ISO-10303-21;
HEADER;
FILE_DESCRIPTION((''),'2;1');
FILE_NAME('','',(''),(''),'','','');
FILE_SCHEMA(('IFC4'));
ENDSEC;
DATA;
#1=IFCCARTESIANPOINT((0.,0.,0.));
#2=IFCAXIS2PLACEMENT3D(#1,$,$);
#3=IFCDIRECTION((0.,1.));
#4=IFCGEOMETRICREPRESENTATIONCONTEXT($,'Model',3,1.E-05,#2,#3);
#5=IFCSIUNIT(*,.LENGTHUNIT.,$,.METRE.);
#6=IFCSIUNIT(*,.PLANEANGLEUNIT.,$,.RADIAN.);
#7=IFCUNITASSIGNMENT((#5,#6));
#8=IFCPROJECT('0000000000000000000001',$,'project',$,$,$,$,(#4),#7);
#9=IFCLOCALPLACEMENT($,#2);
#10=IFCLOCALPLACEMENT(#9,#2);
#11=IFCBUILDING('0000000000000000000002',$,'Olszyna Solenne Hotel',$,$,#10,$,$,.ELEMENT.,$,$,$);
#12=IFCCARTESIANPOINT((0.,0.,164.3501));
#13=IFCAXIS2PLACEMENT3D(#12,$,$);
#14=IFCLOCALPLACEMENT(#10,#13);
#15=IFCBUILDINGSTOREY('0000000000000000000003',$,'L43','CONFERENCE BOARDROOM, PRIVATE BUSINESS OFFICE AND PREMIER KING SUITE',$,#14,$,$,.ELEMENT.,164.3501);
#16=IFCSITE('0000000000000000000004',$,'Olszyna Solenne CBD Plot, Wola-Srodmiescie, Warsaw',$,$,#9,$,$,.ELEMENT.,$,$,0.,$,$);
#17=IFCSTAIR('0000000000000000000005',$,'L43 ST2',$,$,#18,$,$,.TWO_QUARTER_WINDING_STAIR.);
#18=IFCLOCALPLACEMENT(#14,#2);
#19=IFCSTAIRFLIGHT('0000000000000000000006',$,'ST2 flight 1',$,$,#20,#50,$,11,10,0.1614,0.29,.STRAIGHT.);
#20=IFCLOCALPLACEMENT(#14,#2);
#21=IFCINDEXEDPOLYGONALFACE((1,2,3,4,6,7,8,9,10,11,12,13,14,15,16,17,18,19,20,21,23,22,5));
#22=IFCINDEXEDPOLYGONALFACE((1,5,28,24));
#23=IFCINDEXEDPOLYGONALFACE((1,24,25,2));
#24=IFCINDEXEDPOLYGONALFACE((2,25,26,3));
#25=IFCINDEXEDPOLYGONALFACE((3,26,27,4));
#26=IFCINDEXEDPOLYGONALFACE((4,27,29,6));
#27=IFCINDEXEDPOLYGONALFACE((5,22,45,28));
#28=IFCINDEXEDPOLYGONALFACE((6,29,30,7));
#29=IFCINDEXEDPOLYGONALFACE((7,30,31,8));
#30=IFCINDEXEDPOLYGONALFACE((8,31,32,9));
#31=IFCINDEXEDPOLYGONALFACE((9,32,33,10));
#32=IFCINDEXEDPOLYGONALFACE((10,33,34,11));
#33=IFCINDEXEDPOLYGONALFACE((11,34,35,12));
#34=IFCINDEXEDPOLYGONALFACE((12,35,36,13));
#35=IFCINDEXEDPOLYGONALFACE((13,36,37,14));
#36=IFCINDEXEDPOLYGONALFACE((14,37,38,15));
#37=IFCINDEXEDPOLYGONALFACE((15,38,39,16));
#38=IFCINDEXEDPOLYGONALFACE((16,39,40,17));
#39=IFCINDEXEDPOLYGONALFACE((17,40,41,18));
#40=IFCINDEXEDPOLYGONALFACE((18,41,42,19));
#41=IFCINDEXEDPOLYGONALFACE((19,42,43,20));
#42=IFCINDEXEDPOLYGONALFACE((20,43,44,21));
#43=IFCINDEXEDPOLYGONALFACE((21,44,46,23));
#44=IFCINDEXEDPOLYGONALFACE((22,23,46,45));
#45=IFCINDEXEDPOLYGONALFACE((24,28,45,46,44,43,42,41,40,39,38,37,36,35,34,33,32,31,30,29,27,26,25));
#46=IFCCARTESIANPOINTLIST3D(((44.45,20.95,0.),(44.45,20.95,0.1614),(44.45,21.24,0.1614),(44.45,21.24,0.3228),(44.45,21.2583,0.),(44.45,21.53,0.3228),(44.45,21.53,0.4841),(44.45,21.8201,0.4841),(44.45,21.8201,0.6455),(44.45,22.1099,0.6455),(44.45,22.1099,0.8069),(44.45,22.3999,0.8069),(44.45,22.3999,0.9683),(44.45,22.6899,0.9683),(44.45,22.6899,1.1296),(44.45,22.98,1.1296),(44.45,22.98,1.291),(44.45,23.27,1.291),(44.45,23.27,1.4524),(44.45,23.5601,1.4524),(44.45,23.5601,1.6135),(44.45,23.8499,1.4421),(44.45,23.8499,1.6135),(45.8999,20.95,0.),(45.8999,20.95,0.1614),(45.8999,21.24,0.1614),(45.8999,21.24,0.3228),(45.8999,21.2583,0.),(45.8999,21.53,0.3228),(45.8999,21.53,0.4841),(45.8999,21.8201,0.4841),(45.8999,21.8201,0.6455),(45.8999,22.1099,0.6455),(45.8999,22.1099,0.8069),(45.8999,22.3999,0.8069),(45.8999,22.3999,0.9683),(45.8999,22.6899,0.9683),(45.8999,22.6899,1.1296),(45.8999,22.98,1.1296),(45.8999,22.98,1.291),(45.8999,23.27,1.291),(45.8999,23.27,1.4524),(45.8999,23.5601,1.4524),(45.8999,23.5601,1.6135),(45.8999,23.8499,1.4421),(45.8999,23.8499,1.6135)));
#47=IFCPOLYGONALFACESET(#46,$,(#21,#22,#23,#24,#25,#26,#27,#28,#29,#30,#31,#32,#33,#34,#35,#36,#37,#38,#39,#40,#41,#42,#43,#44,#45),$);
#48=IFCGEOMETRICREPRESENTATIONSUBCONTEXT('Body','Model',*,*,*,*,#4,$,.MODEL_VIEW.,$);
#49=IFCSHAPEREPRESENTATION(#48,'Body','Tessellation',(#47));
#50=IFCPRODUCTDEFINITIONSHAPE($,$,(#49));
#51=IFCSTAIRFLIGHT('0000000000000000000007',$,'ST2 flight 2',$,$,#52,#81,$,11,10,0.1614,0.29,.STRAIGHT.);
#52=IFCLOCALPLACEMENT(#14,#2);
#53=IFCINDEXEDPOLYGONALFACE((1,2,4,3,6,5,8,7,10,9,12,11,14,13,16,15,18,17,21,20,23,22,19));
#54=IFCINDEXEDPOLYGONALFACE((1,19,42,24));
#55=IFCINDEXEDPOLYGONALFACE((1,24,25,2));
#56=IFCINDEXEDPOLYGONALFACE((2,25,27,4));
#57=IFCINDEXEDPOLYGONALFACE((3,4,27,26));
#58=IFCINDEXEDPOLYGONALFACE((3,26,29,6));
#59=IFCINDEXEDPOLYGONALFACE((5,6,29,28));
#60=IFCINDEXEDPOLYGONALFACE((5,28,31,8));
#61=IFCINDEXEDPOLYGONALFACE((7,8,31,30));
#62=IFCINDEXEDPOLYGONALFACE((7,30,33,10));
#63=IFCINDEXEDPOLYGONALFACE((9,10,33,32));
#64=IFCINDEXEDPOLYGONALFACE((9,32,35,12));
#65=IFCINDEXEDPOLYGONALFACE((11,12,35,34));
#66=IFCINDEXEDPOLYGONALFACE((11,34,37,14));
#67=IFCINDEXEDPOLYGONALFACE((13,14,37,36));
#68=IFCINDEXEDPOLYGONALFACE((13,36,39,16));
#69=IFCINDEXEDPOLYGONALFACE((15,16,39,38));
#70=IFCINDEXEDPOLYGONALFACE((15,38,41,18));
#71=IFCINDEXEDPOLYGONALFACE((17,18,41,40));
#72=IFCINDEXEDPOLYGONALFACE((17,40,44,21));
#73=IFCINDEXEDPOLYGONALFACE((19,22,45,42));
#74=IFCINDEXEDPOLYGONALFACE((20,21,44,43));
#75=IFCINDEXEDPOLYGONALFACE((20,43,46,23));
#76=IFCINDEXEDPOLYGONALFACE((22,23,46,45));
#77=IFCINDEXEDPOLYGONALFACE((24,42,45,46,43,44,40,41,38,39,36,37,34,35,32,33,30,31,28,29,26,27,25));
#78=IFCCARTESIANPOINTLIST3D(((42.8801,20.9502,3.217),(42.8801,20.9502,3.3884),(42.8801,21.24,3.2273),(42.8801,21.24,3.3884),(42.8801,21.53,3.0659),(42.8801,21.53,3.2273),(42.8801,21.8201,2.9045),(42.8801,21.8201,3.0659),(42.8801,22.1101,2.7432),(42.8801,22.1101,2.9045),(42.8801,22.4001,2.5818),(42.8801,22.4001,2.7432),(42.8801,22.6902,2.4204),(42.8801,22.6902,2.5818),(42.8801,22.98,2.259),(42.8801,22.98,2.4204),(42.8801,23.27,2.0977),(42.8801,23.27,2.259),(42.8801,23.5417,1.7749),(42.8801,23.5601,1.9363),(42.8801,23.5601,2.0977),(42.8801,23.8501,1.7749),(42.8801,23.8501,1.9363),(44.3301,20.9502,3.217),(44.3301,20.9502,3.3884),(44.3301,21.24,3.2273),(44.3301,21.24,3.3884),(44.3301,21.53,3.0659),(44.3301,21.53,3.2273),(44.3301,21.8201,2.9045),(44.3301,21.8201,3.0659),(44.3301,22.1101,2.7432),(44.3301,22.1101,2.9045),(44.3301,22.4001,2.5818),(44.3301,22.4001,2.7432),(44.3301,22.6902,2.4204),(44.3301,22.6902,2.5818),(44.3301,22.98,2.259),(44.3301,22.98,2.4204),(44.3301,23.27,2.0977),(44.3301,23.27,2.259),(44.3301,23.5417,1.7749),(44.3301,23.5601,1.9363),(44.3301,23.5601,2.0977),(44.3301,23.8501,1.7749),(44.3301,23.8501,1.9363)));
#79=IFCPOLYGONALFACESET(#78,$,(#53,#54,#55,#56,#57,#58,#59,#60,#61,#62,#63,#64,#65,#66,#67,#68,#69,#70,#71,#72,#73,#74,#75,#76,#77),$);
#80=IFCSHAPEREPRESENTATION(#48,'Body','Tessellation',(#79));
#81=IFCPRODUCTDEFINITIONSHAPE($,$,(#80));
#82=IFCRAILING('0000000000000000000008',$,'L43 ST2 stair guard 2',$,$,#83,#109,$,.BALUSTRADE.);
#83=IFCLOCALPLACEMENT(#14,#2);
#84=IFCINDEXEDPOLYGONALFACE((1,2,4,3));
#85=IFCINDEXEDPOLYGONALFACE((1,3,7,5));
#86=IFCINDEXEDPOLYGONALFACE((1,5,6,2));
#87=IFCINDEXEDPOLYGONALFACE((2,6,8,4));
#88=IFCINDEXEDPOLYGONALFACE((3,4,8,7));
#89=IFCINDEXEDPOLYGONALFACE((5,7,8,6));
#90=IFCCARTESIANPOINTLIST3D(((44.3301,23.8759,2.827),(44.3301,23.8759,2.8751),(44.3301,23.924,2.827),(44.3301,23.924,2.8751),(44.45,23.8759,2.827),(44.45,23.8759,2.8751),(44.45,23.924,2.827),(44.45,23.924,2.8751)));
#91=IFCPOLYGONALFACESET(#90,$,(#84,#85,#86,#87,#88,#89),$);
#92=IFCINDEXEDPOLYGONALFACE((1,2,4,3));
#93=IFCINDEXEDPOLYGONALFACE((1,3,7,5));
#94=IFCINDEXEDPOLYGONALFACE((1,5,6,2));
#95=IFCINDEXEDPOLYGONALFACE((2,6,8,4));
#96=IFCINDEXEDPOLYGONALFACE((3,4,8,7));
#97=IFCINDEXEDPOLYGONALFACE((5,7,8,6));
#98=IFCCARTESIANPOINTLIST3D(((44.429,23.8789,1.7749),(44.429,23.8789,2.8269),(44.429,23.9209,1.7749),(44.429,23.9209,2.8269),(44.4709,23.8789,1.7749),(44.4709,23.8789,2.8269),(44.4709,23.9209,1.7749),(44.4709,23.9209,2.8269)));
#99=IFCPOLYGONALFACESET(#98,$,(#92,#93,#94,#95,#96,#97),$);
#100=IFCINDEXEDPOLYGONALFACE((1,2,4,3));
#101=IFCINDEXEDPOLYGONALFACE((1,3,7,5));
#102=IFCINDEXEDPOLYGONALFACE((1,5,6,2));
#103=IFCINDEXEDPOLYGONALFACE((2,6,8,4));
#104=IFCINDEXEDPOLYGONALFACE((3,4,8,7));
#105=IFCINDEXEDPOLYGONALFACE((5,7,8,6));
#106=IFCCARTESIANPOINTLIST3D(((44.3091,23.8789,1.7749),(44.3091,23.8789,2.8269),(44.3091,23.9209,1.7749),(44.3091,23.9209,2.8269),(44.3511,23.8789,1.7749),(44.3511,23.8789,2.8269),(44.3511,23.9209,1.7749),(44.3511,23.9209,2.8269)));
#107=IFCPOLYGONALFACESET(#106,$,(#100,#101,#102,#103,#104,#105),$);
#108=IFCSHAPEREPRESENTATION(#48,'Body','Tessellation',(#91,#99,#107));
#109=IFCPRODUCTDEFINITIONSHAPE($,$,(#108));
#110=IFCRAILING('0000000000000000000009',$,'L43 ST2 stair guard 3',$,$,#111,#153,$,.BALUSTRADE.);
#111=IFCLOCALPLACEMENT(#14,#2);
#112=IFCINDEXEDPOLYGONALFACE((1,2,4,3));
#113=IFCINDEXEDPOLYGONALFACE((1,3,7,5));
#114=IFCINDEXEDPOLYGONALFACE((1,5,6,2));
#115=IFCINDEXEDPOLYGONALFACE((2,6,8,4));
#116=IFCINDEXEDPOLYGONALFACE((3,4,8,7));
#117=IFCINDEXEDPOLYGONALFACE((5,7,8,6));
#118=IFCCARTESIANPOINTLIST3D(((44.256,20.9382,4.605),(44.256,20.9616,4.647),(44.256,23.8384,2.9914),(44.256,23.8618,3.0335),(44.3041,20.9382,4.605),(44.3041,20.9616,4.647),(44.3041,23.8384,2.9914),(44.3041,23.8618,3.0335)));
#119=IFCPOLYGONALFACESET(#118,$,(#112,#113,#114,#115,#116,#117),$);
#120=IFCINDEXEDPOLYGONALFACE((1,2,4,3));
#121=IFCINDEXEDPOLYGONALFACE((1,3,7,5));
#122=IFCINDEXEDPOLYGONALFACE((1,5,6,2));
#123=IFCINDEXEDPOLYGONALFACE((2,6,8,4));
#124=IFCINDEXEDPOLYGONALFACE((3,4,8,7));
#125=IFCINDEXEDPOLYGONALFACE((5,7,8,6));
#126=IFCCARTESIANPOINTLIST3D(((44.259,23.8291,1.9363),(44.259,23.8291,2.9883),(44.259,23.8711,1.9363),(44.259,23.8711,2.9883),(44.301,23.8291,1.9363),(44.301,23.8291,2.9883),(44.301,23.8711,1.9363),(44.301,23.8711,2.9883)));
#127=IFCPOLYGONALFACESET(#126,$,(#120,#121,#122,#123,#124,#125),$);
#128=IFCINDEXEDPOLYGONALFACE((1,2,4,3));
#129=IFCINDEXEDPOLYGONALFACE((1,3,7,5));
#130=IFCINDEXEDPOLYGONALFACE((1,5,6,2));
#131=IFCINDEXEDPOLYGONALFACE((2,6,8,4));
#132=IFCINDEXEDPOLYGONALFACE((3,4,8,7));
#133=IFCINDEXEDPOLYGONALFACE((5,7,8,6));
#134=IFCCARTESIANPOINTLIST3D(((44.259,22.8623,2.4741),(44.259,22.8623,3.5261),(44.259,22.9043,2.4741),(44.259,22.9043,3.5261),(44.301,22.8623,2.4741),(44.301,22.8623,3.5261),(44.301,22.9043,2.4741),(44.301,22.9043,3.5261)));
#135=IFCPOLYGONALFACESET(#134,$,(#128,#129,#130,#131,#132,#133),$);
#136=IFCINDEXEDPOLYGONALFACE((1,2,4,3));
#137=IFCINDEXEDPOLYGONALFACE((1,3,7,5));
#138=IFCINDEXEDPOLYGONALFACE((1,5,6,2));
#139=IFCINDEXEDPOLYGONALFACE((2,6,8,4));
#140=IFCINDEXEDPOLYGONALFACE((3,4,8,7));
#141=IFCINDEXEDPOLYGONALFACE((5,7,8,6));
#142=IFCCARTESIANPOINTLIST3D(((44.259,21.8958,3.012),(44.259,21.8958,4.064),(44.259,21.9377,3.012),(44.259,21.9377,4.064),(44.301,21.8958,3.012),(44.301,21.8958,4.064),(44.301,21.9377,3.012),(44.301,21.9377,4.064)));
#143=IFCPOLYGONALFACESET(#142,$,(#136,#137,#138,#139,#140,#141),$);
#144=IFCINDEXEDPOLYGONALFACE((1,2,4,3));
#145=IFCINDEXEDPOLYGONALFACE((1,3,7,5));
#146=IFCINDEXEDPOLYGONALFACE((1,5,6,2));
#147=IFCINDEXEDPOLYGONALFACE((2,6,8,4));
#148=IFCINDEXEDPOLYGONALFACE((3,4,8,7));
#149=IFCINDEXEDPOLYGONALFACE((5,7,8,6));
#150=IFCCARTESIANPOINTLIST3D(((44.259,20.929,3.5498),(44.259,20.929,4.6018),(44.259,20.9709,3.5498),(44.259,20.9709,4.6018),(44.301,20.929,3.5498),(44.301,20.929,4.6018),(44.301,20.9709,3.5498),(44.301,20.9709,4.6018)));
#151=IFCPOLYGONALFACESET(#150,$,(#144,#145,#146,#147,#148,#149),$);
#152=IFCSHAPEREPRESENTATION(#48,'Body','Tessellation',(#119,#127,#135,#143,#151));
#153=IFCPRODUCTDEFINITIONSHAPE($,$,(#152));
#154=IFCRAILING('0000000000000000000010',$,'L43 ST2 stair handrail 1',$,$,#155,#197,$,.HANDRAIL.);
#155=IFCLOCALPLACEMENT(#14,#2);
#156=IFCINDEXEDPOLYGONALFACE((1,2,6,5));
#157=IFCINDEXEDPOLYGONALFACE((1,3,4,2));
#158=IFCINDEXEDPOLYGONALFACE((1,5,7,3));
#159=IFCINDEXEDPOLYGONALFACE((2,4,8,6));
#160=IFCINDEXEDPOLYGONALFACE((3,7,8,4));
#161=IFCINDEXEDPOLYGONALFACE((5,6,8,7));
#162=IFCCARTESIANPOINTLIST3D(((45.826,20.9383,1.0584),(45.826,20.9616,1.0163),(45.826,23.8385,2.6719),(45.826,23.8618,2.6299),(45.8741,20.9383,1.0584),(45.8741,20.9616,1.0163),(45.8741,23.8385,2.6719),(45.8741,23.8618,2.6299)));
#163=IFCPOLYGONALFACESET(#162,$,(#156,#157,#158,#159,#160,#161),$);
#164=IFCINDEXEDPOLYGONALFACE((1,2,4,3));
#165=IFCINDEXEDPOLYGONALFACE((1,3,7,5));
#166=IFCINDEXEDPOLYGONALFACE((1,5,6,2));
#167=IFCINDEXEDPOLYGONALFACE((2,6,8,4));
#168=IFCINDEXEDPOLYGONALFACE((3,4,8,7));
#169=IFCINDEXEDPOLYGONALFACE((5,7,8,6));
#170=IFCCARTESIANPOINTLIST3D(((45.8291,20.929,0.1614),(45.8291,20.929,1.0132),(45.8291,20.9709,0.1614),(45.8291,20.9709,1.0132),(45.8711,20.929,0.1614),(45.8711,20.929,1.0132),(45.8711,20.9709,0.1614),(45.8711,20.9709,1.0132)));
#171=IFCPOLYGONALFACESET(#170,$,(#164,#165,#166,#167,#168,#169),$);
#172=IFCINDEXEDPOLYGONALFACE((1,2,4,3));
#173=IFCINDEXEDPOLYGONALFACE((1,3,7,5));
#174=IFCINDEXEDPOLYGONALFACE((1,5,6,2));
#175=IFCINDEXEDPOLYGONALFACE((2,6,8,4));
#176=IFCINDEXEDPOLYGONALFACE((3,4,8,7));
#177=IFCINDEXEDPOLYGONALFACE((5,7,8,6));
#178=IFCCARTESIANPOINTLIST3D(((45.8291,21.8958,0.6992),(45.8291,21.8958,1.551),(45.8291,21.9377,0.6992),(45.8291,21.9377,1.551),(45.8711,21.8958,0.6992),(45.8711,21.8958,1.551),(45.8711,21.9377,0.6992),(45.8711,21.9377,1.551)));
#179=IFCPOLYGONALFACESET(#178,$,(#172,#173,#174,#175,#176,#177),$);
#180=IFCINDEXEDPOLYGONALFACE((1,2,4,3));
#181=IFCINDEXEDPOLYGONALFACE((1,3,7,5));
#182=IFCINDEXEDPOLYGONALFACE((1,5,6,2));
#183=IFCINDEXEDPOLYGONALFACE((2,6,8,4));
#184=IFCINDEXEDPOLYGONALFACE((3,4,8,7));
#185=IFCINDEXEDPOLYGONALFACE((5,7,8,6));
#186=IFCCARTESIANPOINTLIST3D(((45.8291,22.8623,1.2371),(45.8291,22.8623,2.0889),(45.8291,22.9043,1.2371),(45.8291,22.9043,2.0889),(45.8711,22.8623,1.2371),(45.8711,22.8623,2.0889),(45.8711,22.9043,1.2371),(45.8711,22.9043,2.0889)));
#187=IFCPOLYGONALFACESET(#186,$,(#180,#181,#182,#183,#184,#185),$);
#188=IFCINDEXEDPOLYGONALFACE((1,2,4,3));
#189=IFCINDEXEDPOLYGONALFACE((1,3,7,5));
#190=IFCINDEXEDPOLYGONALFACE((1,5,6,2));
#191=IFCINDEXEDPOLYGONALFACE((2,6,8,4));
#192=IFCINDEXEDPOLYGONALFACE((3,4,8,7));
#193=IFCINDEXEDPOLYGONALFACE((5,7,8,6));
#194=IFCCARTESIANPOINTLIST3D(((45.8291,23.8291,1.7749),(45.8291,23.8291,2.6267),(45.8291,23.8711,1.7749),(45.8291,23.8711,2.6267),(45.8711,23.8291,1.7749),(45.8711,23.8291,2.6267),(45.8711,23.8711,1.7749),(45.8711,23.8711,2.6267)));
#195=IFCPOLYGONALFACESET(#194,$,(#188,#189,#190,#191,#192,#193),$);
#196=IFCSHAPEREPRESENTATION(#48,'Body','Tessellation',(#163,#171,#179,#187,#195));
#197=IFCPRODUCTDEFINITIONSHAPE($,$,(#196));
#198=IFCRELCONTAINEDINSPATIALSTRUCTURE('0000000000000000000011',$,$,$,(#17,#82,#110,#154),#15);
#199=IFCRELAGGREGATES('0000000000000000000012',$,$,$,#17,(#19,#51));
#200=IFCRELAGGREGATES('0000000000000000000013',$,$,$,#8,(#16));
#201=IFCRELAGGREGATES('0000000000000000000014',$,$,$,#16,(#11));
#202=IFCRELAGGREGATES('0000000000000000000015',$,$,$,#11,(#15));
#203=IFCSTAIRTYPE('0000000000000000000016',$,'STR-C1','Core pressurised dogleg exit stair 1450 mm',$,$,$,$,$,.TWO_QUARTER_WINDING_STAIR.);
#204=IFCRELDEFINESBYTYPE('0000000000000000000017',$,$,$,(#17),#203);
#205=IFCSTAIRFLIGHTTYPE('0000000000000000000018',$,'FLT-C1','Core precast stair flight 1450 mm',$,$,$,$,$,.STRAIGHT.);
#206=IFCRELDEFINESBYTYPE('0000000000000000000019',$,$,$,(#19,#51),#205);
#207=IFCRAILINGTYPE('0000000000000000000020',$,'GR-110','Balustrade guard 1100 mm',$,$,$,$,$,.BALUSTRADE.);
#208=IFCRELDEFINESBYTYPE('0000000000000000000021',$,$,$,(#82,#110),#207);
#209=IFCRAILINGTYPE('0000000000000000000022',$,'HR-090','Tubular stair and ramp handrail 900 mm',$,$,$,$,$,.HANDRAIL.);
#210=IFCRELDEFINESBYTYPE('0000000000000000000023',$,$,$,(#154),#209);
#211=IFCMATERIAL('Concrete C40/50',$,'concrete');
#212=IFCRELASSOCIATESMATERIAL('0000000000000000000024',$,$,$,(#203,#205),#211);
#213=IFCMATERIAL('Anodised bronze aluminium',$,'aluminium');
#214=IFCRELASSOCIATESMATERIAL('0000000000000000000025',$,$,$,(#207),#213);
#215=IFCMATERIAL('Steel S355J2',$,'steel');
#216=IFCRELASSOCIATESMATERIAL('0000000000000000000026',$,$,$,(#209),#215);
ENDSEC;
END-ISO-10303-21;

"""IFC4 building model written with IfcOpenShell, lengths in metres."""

from ifc_helpers import new_model, si_unit, direction, frame, origin, origin_2d, place, context, subcontext, project, spatial, polyline, rectangle, outline, extrude, material, type_object, element, aggregate, save


model = new_model("IFC4")

# Units and contexts
model_context = context("Model", 3, precision=1e-05, world=origin(), true_north=direction((0.0, 1.0)))
body_context = subcontext(model_context, "Body", "Model", "MODEL_VIEW")
ifc_project = project(units=[si_unit("LENGTHUNIT", "METRE"), si_unit("PLANEANGLEUNIT", "RADIAN")], contexts=[model_context])

# Site, building, storey
site_placement = place(None, origin())
site = spatial("IfcSite", under=ifc_project, at=site_placement, Name="Olszyna Solenne CBD Plot, Wola-Srodmiescie, Warsaw", CompositionType="ELEMENT", RefElevation=0.0)
building_placement = place(site_placement, origin())
building = spatial("IfcBuilding", under=site, at=building_placement, Name="Olszyna Solenne Hotel", CompositionType="ELEMENT")
storey_placement = place(building_placement, frame((0.0, 0.0, 164.3501)))
storey = spatial("IfcBuildingStorey", under=building, at=storey_placement, Name="L43", Description="CONFERENCE BOARDROOM, PRIVATE BUSINESS OFFICE AND PREMIER KING SUITE", CompositionType="ELEMENT", Elevation=164.3501)

# Shared definitions
ifc_material_1 = material(Name="Steel S355J2", Category="steel")

# Stair, stair flights
ifc_material_2 = material(Name="Concrete C40/50", Category="concrete")
stair_type = type_object("IfcStairType", Name="STR-C1", Description="Core pressurised dogleg exit stair 1450 mm", PredefinedType="TWO_QUARTER_WINDING_STAIR", material=ifc_material_2)
stair_placement = place(storey_placement, origin())
stair = element("IfcStair", 1, at=stair_placement, inside=storey, type_object=stair_type, Name="L43 ST2", PredefinedType="TWO_QUARTER_WINDING_STAIR")
stair_flight_type = type_object("IfcStairFlightType", Name="FLT-C1", Description="Core precast stair flight 1450 mm", PredefinedType="STRAIGHT", material=ifc_material_2)
stair_flight_1_placement = place(storey_placement, frame((45.175, 20.95, 0.0), z_axis=(0.0, 0.0, 1.0), x_axis=(0.0, 1.0, 0.0)))
stair_flight_1 = element("IfcStairFlight", 2, at=stair_flight_1_placement, type_object=stair_flight_type, Name="ST2 flight 1", NumberOfRisers=11, NumberOfTreads=10, PredefinedType="STRAIGHT", RiserHeight=0.1614, TreadLength=0.29, context=body_context, shape_type="SweptSolid", body=[
    extrude(outline(polyline([(0.0, 0.0), (0.0, 0.1614), (0.29, 0.1614), (0.29, 0.3228), (0.5801, 0.3228), (0.5801, 0.4841), (0.8701, 0.4841), (0.8701, 0.6455), (1.1599, 0.6455), (1.1599, 0.8069), (1.45, 0.8069), (1.45, 0.9683), (1.74, 0.9683), (1.74, 1.1296), (2.03, 1.1296), (2.03, 1.291), (2.3201, 1.291), (2.3201, 1.4524), (2.6101, 1.4524), (2.6101, 1.6135), (2.8999, 1.6135), (2.8999, 1.7749), (2.8999, 1.4421), (0.3083, 0.0), (0.0, 0.0)])), frame((0.0, 0.7251, 0.0), z_axis=(0.0, -1.0, 0.0), x_axis=(1.0, 0.0, 0.0)), (0.0, 0.0, 1.0), 1.45),
])
stair_flight_2_placement = place(storey_placement, frame((43.605, 23.8501, 1.7749), z_axis=(0.0, 0.0, 1.0), x_axis=(0.0, -1.0, 0.0)))
stair_flight_2 = element("IfcStairFlight", 3, at=stair_flight_2_placement, type_object=stair_flight_type, Name="ST2 flight 2", NumberOfRisers=11, NumberOfTreads=10, PredefinedType="STRAIGHT", RiserHeight=0.1614, TreadLength=0.29, context=body_context, shape_type="SweptSolid", body=[
    extrude(outline(polyline([(0.0, 0.0), (0.0, 0.1614), (0.29, 0.1614), (0.29, 0.3228), (0.5801, 0.3228), (0.5801, 0.4841), (0.8701, 0.4841), (0.8701, 0.6455), (1.1599, 0.6455), (1.1599, 0.8069), (1.45, 0.8069), (1.45, 0.9683), (1.74, 0.9683), (1.74, 1.1296), (2.03, 1.1296), (2.03, 1.291), (2.3201, 1.291), (2.3201, 1.4524), (2.6101, 1.4524), (2.6101, 1.6135), (2.8999, 1.6135), (2.8999, 1.7749), (2.8999, 1.4421), (0.3083, 0.0), (0.0, 0.0)])), frame((0.0, 0.7251, 0.0), z_axis=(0.0, -1.0, 0.0), x_axis=(1.0, 0.0, 0.0)), (0.0, 0.0, 1.0), 1.45),
])
aggregate(stair, [stair_flight_1, stair_flight_2])

# Railings
ifc_material_3 = material(Name="Anodised bronze aluminium", Category="aluminium")
railing_type_1 = type_object("IfcRailingType", Name="GR-110", Description="Balustrade guard 1100 mm", PredefinedType="BALUSTRADE", material=ifc_material_3)
railing_1_placement = place(storey_placement, frame((44.45, 23.8999, 1.7749)))
element("IfcRailing", 4, at=railing_1_placement, inside=storey, type_object=railing_type_1, Name="L43 ST2 stair guard 2", PredefinedType="BALUSTRADE", context=body_context, shape_type="SweptSolid", body=[
    extrude(rectangle(XDim=0.0481, YDim=0.0481, at=origin_2d()), frame((0.0, 0.0, 1.0762), z_axis=(-1.0, 0.0, 0.0), x_axis=(0.0, -1.0, 0.0)), (0.0, 0.0, 1.0), 0.1199),
    extrude(rectangle(XDim=0.042, YDim=0.042, at=origin_2d()), origin(), (0.0, 0.0, 1.0), 1.052),
    extrude(rectangle(XDim=0.042, YDim=0.042, at=origin_2d()), frame((-0.1199, 0.0, 0.0)), (0.0, 0.0, 1.0), 1.052),
])
railing_2_placement = place(storey_placement, frame((44.28, 23.8501, 1.9363)))
element("IfcRailing", 5, at=railing_2_placement, inside=storey, type_object=railing_type_1, Name="L43 ST2 stair guard 3", PredefinedType="BALUSTRADE", context=body_context, shape_type="SweptSolid", body=[
    extrude(rectangle(XDim=0.0481, YDim=0.0481, at=origin_2d()), frame((0.0, 0.0, 1.0762), z_axis=(0.0, -0.873859, 0.48618), x_axis=(1.0, 0.0, 0.0)), (0.0, 0.0, 1.0), 3.3188),
    extrude(rectangle(XDim=0.042, YDim=0.042, at=origin_2d()), origin(), (0.0, 0.0, 1.0), 1.052),
    extrude(rectangle(XDim=0.042, YDim=0.042, at=origin_2d()), frame((0.0, -0.9668, 0.5378)), (0.0, 0.0, 1.0), 1.052),
    extrude(rectangle(XDim=0.042, YDim=0.042, at=origin_2d()), frame((0.0, -1.9333, 1.0757)), (0.0, 0.0, 1.0), 1.052),
    extrude(rectangle(XDim=0.042, YDim=0.042, at=origin_2d()), frame((0.0, -2.9001, 1.6135)), (0.0, 0.0, 1.0), 1.052),
])
railing_type_2 = type_object("IfcRailingType", Name="HR-090", Description="Tubular stair and ramp handrail 900 mm", PredefinedType="HANDRAIL", material=ifc_material_1)
railing_3_placement = place(storey_placement, frame((45.8501, 20.95, 0.1614)))
element("IfcRailing", 6, at=railing_3_placement, inside=storey, type_object=railing_type_2, Name="L43 ST2 stair handrail 1", PredefinedType="HANDRAIL", context=body_context, shape_type="SweptSolid", body=[
    extrude(rectangle(XDim=0.0481, YDim=0.0481, at=origin_2d()), frame((0.0, 0.0, 0.876), z_axis=(0.0, 0.873859, 0.48618), x_axis=(-1.0, 0.0, 0.0)), (0.0, 0.0, 1.0), 3.3188),
    extrude(rectangle(XDim=0.042, YDim=0.042, at=origin_2d()), origin(), (0.0, 0.0, 1.0), 0.8518),
    extrude(rectangle(XDim=0.042, YDim=0.042, at=origin_2d()), frame((0.0, 0.9668, 0.5378)), (0.0, 0.0, 1.0), 0.8518),
    extrude(rectangle(XDim=0.042, YDim=0.042, at=origin_2d()), frame((0.0, 1.9333, 1.0757)), (0.0, 0.0, 1.0), 0.8518),
    extrude(rectangle(XDim=0.042, YDim=0.042, at=origin_2d()), frame((0.0, 2.9001, 1.6135)), (0.0, 0.0, 1.0), 0.8518),
])

save(model, "model.ifc")
